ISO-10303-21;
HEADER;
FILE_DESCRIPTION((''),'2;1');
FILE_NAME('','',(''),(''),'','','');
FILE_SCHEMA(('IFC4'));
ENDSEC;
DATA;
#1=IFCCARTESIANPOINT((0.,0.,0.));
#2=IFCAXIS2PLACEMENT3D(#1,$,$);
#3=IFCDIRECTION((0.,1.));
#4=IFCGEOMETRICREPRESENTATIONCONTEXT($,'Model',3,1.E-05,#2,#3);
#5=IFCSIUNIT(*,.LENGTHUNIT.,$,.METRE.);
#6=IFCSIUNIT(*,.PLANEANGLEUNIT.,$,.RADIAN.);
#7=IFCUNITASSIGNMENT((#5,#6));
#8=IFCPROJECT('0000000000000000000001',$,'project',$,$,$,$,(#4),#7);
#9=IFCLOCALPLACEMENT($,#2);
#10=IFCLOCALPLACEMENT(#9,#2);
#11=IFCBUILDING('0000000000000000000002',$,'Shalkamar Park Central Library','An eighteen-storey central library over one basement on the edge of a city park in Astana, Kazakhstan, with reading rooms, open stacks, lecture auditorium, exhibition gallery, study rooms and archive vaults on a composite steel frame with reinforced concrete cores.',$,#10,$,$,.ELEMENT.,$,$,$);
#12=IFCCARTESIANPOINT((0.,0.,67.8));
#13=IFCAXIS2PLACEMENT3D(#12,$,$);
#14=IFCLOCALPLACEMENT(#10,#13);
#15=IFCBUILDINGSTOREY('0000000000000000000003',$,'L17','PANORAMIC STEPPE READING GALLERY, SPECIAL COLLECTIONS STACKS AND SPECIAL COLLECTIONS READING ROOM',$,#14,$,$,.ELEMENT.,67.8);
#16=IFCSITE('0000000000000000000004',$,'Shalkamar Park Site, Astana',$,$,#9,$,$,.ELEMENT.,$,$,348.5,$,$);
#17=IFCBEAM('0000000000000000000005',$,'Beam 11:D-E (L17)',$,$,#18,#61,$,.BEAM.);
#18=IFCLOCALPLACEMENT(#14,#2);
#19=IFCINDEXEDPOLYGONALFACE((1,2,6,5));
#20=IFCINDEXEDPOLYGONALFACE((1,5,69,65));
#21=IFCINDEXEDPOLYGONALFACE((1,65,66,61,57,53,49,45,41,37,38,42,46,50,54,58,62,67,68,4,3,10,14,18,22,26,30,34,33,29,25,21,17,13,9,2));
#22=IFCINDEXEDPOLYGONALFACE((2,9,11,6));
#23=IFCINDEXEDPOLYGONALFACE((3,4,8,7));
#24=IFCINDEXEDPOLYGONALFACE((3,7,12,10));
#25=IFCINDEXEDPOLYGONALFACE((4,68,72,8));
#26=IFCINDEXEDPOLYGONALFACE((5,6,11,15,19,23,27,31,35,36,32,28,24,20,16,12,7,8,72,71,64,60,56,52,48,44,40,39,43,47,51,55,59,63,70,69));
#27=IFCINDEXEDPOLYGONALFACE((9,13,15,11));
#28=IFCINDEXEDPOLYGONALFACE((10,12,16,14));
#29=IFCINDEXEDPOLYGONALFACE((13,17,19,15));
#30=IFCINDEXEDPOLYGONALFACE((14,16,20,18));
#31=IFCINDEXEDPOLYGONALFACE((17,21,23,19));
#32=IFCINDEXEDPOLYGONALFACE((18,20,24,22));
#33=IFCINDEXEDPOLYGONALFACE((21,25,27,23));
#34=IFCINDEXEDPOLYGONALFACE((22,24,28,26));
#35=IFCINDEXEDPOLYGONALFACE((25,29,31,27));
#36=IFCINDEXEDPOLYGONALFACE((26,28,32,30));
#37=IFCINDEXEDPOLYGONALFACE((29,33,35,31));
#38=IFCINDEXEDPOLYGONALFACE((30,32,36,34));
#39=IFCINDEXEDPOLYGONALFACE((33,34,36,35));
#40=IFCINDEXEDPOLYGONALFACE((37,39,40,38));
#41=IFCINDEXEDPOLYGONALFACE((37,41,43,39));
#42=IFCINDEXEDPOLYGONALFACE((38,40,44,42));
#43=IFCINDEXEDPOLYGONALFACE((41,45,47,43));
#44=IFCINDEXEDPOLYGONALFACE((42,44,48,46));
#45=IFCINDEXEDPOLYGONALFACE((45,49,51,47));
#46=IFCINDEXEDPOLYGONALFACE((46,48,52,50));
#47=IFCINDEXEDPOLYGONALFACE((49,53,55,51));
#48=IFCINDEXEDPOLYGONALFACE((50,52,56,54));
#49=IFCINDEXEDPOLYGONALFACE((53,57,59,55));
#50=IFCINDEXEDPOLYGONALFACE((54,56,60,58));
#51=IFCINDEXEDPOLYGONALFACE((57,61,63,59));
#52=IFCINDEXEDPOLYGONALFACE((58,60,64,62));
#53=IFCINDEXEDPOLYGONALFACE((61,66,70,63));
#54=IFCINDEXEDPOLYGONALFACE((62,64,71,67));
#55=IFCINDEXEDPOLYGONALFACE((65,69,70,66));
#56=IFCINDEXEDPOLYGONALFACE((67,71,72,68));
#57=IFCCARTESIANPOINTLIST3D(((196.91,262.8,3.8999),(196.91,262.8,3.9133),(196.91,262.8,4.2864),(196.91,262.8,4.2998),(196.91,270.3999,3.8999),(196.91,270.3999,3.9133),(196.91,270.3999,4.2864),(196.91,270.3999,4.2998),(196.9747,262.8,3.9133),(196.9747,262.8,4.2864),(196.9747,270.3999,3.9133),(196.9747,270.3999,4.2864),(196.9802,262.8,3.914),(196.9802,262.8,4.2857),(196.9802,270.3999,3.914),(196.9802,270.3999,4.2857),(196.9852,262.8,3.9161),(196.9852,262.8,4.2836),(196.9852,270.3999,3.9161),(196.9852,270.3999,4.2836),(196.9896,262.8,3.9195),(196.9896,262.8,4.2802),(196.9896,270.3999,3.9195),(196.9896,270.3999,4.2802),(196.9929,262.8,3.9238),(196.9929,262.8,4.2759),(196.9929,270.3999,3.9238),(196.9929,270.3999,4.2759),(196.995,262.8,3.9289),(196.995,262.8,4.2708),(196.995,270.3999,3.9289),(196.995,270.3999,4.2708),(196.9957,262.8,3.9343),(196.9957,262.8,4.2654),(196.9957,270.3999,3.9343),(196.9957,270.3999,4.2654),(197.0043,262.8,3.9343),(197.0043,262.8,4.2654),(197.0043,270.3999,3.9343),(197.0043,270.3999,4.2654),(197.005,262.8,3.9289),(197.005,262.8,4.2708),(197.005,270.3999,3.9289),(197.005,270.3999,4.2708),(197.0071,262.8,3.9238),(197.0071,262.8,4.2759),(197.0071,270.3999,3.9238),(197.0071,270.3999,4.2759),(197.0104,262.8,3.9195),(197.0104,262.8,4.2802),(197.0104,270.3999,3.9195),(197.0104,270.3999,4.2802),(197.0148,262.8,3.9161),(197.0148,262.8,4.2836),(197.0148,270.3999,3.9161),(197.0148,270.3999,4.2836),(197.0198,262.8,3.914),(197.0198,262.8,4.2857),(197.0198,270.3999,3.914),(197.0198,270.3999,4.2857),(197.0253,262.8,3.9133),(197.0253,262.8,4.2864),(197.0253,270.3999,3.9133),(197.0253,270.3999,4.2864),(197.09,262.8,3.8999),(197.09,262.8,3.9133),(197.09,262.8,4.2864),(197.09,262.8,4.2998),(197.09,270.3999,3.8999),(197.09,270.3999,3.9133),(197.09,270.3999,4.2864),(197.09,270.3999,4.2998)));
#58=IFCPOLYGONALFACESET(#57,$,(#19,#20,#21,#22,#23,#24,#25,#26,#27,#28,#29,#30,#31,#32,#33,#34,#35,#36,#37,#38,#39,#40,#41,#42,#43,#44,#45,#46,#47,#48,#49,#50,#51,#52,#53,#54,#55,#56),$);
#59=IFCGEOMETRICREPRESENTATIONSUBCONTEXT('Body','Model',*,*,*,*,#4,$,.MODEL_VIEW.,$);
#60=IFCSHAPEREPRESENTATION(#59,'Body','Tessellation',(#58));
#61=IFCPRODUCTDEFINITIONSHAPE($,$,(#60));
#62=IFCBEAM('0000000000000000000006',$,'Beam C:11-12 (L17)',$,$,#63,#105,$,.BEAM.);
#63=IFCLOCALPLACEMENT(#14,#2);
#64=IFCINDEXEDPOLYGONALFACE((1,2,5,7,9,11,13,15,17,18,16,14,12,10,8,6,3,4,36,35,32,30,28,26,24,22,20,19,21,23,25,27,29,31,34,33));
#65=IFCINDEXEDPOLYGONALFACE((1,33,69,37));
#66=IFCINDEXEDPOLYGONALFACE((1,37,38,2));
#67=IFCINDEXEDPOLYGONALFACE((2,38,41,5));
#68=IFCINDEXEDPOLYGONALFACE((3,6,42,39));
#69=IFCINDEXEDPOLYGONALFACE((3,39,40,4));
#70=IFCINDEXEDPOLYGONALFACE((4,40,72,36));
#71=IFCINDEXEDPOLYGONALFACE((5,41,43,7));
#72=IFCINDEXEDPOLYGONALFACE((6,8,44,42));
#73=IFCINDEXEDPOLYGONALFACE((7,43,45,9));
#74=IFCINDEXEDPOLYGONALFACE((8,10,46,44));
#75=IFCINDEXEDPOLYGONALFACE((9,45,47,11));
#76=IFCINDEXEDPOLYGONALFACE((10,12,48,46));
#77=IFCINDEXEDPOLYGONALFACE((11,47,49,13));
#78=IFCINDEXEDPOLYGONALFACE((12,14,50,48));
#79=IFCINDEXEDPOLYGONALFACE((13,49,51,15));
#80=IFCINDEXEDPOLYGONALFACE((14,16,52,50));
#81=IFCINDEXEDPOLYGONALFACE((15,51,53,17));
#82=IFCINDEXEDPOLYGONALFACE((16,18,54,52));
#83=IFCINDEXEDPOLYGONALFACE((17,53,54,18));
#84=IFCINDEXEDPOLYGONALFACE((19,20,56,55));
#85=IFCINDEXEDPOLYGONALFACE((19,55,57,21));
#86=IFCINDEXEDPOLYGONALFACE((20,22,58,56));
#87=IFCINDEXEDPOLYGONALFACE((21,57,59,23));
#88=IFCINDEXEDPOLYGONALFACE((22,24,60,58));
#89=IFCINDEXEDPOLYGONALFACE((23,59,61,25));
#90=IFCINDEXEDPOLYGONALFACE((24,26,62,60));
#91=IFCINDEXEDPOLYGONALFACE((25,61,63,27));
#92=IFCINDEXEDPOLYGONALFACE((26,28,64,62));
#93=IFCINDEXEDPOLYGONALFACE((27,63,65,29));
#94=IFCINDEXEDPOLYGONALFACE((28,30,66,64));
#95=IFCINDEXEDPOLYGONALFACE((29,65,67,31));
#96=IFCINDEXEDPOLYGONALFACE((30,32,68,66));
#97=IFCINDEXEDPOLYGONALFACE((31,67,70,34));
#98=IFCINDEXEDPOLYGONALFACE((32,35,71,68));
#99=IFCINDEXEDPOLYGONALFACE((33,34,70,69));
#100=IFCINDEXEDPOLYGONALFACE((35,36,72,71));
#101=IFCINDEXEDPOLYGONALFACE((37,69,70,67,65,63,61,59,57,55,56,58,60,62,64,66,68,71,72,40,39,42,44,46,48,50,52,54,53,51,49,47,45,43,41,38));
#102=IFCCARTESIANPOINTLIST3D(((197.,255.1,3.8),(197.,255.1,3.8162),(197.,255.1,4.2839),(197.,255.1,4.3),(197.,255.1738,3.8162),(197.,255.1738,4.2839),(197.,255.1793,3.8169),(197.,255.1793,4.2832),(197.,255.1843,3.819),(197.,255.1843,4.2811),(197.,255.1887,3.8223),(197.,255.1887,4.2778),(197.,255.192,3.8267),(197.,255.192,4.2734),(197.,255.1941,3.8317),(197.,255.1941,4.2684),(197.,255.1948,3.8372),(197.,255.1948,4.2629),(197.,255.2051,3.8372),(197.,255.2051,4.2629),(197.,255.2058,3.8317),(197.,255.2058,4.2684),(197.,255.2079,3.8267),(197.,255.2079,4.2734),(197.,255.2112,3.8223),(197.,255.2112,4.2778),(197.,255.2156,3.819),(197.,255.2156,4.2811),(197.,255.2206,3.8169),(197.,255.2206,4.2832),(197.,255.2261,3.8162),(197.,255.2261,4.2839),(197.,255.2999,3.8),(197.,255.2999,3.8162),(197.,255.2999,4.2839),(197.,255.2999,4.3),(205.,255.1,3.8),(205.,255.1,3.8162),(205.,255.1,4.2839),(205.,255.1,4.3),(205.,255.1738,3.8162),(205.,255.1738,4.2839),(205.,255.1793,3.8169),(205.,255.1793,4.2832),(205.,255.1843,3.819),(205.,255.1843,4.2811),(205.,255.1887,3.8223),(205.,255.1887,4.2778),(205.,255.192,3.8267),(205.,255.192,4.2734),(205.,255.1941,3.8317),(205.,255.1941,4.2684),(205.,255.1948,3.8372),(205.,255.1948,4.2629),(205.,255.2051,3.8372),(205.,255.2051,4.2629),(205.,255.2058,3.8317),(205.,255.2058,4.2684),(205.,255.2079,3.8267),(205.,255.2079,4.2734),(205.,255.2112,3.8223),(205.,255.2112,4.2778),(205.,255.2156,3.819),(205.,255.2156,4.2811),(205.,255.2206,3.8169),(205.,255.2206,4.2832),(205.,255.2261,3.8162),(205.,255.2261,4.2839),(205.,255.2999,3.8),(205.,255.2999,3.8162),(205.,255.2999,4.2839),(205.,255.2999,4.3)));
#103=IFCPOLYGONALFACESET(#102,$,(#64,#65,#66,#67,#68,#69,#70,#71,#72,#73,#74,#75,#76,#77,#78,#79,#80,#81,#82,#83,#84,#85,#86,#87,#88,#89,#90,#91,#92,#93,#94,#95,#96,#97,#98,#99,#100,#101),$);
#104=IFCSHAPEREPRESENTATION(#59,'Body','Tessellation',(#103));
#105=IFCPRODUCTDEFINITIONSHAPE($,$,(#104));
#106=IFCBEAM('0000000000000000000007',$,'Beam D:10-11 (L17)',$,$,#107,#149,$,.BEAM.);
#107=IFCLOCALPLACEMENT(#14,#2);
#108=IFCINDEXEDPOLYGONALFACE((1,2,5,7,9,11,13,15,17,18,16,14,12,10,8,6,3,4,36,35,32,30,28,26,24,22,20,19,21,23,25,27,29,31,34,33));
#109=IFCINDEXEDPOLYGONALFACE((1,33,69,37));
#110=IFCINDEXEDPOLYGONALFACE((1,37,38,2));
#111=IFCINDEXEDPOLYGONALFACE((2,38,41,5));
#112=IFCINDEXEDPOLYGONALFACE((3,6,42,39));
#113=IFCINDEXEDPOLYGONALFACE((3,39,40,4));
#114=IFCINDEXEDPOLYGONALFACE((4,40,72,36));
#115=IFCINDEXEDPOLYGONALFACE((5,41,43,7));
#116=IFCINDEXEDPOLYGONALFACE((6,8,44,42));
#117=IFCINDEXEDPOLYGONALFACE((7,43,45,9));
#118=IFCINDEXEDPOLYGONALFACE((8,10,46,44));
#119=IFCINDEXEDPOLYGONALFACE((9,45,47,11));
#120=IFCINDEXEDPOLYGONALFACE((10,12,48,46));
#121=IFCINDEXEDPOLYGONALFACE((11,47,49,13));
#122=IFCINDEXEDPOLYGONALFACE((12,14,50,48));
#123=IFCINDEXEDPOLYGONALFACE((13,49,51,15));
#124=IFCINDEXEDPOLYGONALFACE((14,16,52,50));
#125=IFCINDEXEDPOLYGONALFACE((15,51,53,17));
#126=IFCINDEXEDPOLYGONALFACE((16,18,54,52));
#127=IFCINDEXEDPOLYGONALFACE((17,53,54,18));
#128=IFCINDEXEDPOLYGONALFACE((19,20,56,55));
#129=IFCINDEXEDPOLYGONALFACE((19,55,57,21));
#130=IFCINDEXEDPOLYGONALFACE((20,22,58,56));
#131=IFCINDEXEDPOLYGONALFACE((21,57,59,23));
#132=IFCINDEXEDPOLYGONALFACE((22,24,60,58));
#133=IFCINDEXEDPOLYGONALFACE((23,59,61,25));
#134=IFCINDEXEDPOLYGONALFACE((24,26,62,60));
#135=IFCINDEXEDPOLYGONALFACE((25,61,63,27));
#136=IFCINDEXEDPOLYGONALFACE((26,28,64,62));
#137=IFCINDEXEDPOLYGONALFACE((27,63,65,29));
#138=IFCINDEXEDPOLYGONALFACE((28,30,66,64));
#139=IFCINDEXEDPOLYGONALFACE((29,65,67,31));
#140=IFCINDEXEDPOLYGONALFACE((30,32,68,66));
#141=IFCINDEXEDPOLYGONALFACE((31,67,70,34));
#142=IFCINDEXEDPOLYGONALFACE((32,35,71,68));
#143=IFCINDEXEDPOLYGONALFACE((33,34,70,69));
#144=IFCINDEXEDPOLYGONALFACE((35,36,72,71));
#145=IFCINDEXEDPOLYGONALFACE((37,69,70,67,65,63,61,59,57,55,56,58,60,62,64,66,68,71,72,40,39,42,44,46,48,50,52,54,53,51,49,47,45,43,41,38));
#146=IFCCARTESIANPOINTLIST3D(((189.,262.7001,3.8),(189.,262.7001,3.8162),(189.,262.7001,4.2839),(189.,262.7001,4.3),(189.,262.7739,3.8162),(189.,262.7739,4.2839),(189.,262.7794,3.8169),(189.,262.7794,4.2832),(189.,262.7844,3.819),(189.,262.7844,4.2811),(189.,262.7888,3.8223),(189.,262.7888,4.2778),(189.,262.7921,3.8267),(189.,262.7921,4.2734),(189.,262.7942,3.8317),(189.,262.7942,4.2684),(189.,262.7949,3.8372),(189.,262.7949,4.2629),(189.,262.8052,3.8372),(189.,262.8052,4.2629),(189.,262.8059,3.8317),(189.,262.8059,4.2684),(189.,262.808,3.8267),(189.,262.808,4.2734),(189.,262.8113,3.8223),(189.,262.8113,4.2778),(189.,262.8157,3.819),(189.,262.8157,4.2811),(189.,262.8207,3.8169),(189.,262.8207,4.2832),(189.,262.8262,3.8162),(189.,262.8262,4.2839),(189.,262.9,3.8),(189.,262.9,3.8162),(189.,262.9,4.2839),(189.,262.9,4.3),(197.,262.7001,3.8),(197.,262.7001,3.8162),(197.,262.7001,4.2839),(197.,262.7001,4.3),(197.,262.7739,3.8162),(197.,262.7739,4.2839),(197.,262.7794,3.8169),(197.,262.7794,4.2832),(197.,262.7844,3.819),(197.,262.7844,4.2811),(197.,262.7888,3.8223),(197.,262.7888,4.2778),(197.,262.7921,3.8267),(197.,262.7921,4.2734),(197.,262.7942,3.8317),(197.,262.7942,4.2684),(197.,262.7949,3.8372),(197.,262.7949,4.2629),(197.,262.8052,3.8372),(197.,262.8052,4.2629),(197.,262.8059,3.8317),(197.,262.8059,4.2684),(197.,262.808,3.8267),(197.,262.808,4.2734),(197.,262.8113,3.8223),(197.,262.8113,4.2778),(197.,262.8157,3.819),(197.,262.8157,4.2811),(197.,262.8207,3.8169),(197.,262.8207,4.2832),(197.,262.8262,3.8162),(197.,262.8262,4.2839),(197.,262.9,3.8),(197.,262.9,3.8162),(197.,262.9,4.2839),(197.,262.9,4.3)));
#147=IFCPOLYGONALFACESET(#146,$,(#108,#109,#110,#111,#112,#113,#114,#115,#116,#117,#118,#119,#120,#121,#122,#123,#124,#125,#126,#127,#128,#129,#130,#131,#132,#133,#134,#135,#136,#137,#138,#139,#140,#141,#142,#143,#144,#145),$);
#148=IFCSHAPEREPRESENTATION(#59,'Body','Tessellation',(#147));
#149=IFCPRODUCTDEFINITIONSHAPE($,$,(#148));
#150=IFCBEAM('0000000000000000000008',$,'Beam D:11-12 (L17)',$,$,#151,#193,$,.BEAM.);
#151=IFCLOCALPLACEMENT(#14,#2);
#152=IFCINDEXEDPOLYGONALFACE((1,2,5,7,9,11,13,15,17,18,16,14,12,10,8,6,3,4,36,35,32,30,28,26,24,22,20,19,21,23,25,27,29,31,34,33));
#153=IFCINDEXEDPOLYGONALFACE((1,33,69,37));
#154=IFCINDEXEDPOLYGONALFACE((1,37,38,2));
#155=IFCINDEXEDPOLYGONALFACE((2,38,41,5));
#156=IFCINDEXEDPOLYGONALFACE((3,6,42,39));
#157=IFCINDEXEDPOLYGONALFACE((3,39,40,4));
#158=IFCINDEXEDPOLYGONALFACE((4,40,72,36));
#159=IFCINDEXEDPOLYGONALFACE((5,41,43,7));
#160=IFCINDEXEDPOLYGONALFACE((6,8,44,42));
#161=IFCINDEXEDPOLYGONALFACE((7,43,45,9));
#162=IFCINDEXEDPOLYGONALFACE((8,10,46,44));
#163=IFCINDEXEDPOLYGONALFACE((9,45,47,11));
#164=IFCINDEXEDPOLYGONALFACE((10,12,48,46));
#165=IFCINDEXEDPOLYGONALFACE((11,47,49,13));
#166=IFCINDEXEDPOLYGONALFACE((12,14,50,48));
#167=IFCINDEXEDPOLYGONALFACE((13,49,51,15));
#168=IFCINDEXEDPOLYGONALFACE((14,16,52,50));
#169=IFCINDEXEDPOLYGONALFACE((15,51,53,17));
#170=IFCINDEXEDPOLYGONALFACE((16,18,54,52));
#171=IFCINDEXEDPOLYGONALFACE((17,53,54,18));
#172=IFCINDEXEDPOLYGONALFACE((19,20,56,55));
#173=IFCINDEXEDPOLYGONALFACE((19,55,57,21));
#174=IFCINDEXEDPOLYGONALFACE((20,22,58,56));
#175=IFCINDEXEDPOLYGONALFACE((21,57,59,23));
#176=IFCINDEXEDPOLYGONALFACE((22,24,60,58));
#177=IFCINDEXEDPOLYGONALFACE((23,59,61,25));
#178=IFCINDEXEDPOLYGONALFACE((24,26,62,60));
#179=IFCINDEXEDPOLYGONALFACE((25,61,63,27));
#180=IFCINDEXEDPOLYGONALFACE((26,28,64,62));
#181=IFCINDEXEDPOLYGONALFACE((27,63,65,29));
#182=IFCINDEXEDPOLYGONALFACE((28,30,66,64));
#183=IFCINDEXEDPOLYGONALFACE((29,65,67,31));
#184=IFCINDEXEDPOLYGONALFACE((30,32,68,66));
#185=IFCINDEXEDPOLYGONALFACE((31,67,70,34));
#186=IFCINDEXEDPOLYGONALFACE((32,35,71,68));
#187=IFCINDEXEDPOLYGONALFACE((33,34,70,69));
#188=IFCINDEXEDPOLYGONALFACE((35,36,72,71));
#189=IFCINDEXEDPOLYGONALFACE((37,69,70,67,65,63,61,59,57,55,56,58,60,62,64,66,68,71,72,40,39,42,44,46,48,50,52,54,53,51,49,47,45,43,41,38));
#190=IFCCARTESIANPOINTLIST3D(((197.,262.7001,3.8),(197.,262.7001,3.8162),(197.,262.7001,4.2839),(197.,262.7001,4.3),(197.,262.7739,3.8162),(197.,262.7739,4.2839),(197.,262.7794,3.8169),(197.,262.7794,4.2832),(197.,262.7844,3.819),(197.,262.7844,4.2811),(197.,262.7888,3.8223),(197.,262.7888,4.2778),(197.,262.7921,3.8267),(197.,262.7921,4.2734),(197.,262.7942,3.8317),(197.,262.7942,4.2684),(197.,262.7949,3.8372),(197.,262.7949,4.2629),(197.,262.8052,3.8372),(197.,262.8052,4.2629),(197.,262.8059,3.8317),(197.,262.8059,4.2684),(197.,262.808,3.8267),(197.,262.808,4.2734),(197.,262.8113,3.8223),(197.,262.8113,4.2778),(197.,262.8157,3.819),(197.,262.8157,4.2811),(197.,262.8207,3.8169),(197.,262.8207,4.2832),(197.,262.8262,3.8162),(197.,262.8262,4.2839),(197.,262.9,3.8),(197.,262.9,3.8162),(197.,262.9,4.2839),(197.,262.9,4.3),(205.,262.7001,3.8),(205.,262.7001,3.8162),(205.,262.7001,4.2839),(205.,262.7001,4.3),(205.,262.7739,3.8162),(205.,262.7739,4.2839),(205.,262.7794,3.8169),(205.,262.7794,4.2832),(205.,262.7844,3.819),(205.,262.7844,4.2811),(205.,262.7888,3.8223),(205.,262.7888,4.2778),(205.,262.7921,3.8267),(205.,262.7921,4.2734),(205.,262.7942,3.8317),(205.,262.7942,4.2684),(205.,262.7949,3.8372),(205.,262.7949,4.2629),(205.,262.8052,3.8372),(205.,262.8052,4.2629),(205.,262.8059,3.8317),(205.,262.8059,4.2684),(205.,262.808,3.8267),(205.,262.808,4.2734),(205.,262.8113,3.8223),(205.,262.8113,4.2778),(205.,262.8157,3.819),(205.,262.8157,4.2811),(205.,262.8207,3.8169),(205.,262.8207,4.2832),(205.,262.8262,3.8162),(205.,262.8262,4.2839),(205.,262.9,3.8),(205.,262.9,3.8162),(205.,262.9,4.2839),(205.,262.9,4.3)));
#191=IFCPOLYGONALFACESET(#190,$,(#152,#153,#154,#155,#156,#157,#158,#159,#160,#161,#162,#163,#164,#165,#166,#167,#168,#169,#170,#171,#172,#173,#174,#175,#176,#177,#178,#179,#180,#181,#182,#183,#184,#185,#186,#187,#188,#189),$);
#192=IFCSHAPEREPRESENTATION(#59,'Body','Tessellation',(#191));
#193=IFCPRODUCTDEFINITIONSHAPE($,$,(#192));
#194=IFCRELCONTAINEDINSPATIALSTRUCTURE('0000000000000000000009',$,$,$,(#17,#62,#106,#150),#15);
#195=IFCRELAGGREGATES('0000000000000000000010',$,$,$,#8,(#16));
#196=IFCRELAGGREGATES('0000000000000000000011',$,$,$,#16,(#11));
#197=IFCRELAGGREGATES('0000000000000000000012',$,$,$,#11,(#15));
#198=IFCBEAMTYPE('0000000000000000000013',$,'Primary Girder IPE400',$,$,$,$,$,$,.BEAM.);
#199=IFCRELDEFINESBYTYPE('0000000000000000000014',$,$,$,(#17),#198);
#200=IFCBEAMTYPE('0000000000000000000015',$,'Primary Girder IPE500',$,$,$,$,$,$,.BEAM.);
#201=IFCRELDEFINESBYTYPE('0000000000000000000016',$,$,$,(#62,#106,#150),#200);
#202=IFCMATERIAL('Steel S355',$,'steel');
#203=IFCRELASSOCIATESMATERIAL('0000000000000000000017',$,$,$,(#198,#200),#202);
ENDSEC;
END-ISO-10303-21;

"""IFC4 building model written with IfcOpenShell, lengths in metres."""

from ifc_helpers import new_model, si_unit, direction, frame, origin, origin_2d, place, context, subcontext, project, spatial, i_section, extrude, material, material_profile, profile_set, type_object, element, save


model = new_model("IFC4")

# Units and contexts
model_context = context("Model", 3, precision=1e-05, world=origin(), true_north=direction((0.0, 1.0)))
body_context = subcontext(model_context, "Body", "Model", "MODEL_VIEW")
ifc_project = project(units=[si_unit("LENGTHUNIT", "METRE"), si_unit("PLANEANGLEUNIT", "RADIAN")], contexts=[model_context])

# Site, building, storey
site_placement = place(None, origin())
site = spatial("IfcSite", under=ifc_project, at=site_placement, Name="Shalkamar Park Site, Astana", CompositionType="ELEMENT", RefElevation=348.5)
building_placement = place(site_placement, origin())
building = spatial("IfcBuilding", under=site, at=building_placement, Name="Shalkamar Park Central Library", Description="An eighteen-storey central library over one basement on the edge of a city park in Astana, Kazakhstan, with reading rooms, open stacks, lecture auditorium, exhibition gallery, study rooms and archive vaults on a composite steel frame with reinforced concrete cores.", CompositionType="ELEMENT")
storey_placement = place(building_placement, frame((0.0, 0.0, 67.8)))
storey = spatial("IfcBuildingStorey", under=building, at=storey_placement, Name="L17", Description="PANORAMIC STEPPE READING GALLERY, SPECIAL COLLECTIONS STACKS AND SPECIAL COLLECTIONS READING ROOM", CompositionType="ELEMENT", Elevation=67.8)

# Shared definitions
ifc_material_1 = material(Name="Steel S355", Category="steel")

# Beams
ifc_material_profile_1 = material_profile(ifc_material_1, i_section(OverallWidth=0.1799, OverallDepth=0.3999, WebThickness=0.0085, FlangeThickness=0.0134, FilletRadius=0.021, at=origin_2d()), Name="IPE 400")
ifc_profile_set_1 = profile_set([ifc_material_profile_1], Name="Steel S355")
beam_type_1 = type_object("IfcBeamType", Name="Primary Girder IPE400", PredefinedType="BEAM", material=ifc_profile_set_1)
beam_1_placement = place(storey_placement, frame((197.0, 262.8, 4.0999), z_axis=(0.0, 1.0, 0.0), x_axis=(-1.0, 0.0, 0.0)))
element("IfcBeam", 1, at=beam_1_placement, inside=storey, type_object=beam_type_1, Name="Beam 11:D-E (L17)", PredefinedType="BEAM", context=body_context, shape_type="SweptSolid", body=[
    extrude(i_section(OverallWidth=0.1799, OverallDepth=0.3999, WebThickness=0.0085, FlangeThickness=0.0134, FilletRadius=0.021, at=origin_2d()), origin(), (0.0, 0.0, 1.0), 7.5999),
])
ifc_material_profile_2 = material_profile(ifc_material_1, i_section(OverallWidth=0.2, OverallDepth=0.5, WebThickness=0.0103, FlangeThickness=0.0161, FilletRadius=0.021, at=origin_2d()), Name="IPE 500")
ifc_profile_set_2 = profile_set([ifc_material_profile_2], Name="Steel S355")
beam_type_2 = type_object("IfcBeamType", Name="Primary Girder IPE500", PredefinedType="BEAM", material=ifc_profile_set_2)
for number, where, z_axis, x_axis, name in (
    (2, (197.0, 255.2, 4.05), (1.0, 0.0, 0.0), (0.0, 1.0, 0.0), "Beam C:11-12 (L17)"),
    (3, (189.0, 262.8, 4.05), (1.0, 0.0, 0.0), (0.0, 1.0, 0.0), "Beam D:10-11 (L17)"),
    (4, (197.0, 262.8, 4.05), (1.0, 0.0, 0.0), (0.0, 1.0, 0.0), "Beam D:11-12 (L17)"),
):
    element("IfcBeam", number, at=place(storey_placement, frame(where, z_axis=z_axis, x_axis=x_axis)), inside=storey, type_object=beam_type_2, Name=name, PredefinedType="BEAM", context=body_context, shape_type="SweptSolid", body=[
        extrude(i_section(OverallWidth=0.2, OverallDepth=0.5, WebThickness=0.0103, FlangeThickness=0.0161, FilletRadius=0.021, at=origin_2d()), origin(), (0.0, 0.0, 1.0), 8.0),
    ])

save(model, "model.ifc")
